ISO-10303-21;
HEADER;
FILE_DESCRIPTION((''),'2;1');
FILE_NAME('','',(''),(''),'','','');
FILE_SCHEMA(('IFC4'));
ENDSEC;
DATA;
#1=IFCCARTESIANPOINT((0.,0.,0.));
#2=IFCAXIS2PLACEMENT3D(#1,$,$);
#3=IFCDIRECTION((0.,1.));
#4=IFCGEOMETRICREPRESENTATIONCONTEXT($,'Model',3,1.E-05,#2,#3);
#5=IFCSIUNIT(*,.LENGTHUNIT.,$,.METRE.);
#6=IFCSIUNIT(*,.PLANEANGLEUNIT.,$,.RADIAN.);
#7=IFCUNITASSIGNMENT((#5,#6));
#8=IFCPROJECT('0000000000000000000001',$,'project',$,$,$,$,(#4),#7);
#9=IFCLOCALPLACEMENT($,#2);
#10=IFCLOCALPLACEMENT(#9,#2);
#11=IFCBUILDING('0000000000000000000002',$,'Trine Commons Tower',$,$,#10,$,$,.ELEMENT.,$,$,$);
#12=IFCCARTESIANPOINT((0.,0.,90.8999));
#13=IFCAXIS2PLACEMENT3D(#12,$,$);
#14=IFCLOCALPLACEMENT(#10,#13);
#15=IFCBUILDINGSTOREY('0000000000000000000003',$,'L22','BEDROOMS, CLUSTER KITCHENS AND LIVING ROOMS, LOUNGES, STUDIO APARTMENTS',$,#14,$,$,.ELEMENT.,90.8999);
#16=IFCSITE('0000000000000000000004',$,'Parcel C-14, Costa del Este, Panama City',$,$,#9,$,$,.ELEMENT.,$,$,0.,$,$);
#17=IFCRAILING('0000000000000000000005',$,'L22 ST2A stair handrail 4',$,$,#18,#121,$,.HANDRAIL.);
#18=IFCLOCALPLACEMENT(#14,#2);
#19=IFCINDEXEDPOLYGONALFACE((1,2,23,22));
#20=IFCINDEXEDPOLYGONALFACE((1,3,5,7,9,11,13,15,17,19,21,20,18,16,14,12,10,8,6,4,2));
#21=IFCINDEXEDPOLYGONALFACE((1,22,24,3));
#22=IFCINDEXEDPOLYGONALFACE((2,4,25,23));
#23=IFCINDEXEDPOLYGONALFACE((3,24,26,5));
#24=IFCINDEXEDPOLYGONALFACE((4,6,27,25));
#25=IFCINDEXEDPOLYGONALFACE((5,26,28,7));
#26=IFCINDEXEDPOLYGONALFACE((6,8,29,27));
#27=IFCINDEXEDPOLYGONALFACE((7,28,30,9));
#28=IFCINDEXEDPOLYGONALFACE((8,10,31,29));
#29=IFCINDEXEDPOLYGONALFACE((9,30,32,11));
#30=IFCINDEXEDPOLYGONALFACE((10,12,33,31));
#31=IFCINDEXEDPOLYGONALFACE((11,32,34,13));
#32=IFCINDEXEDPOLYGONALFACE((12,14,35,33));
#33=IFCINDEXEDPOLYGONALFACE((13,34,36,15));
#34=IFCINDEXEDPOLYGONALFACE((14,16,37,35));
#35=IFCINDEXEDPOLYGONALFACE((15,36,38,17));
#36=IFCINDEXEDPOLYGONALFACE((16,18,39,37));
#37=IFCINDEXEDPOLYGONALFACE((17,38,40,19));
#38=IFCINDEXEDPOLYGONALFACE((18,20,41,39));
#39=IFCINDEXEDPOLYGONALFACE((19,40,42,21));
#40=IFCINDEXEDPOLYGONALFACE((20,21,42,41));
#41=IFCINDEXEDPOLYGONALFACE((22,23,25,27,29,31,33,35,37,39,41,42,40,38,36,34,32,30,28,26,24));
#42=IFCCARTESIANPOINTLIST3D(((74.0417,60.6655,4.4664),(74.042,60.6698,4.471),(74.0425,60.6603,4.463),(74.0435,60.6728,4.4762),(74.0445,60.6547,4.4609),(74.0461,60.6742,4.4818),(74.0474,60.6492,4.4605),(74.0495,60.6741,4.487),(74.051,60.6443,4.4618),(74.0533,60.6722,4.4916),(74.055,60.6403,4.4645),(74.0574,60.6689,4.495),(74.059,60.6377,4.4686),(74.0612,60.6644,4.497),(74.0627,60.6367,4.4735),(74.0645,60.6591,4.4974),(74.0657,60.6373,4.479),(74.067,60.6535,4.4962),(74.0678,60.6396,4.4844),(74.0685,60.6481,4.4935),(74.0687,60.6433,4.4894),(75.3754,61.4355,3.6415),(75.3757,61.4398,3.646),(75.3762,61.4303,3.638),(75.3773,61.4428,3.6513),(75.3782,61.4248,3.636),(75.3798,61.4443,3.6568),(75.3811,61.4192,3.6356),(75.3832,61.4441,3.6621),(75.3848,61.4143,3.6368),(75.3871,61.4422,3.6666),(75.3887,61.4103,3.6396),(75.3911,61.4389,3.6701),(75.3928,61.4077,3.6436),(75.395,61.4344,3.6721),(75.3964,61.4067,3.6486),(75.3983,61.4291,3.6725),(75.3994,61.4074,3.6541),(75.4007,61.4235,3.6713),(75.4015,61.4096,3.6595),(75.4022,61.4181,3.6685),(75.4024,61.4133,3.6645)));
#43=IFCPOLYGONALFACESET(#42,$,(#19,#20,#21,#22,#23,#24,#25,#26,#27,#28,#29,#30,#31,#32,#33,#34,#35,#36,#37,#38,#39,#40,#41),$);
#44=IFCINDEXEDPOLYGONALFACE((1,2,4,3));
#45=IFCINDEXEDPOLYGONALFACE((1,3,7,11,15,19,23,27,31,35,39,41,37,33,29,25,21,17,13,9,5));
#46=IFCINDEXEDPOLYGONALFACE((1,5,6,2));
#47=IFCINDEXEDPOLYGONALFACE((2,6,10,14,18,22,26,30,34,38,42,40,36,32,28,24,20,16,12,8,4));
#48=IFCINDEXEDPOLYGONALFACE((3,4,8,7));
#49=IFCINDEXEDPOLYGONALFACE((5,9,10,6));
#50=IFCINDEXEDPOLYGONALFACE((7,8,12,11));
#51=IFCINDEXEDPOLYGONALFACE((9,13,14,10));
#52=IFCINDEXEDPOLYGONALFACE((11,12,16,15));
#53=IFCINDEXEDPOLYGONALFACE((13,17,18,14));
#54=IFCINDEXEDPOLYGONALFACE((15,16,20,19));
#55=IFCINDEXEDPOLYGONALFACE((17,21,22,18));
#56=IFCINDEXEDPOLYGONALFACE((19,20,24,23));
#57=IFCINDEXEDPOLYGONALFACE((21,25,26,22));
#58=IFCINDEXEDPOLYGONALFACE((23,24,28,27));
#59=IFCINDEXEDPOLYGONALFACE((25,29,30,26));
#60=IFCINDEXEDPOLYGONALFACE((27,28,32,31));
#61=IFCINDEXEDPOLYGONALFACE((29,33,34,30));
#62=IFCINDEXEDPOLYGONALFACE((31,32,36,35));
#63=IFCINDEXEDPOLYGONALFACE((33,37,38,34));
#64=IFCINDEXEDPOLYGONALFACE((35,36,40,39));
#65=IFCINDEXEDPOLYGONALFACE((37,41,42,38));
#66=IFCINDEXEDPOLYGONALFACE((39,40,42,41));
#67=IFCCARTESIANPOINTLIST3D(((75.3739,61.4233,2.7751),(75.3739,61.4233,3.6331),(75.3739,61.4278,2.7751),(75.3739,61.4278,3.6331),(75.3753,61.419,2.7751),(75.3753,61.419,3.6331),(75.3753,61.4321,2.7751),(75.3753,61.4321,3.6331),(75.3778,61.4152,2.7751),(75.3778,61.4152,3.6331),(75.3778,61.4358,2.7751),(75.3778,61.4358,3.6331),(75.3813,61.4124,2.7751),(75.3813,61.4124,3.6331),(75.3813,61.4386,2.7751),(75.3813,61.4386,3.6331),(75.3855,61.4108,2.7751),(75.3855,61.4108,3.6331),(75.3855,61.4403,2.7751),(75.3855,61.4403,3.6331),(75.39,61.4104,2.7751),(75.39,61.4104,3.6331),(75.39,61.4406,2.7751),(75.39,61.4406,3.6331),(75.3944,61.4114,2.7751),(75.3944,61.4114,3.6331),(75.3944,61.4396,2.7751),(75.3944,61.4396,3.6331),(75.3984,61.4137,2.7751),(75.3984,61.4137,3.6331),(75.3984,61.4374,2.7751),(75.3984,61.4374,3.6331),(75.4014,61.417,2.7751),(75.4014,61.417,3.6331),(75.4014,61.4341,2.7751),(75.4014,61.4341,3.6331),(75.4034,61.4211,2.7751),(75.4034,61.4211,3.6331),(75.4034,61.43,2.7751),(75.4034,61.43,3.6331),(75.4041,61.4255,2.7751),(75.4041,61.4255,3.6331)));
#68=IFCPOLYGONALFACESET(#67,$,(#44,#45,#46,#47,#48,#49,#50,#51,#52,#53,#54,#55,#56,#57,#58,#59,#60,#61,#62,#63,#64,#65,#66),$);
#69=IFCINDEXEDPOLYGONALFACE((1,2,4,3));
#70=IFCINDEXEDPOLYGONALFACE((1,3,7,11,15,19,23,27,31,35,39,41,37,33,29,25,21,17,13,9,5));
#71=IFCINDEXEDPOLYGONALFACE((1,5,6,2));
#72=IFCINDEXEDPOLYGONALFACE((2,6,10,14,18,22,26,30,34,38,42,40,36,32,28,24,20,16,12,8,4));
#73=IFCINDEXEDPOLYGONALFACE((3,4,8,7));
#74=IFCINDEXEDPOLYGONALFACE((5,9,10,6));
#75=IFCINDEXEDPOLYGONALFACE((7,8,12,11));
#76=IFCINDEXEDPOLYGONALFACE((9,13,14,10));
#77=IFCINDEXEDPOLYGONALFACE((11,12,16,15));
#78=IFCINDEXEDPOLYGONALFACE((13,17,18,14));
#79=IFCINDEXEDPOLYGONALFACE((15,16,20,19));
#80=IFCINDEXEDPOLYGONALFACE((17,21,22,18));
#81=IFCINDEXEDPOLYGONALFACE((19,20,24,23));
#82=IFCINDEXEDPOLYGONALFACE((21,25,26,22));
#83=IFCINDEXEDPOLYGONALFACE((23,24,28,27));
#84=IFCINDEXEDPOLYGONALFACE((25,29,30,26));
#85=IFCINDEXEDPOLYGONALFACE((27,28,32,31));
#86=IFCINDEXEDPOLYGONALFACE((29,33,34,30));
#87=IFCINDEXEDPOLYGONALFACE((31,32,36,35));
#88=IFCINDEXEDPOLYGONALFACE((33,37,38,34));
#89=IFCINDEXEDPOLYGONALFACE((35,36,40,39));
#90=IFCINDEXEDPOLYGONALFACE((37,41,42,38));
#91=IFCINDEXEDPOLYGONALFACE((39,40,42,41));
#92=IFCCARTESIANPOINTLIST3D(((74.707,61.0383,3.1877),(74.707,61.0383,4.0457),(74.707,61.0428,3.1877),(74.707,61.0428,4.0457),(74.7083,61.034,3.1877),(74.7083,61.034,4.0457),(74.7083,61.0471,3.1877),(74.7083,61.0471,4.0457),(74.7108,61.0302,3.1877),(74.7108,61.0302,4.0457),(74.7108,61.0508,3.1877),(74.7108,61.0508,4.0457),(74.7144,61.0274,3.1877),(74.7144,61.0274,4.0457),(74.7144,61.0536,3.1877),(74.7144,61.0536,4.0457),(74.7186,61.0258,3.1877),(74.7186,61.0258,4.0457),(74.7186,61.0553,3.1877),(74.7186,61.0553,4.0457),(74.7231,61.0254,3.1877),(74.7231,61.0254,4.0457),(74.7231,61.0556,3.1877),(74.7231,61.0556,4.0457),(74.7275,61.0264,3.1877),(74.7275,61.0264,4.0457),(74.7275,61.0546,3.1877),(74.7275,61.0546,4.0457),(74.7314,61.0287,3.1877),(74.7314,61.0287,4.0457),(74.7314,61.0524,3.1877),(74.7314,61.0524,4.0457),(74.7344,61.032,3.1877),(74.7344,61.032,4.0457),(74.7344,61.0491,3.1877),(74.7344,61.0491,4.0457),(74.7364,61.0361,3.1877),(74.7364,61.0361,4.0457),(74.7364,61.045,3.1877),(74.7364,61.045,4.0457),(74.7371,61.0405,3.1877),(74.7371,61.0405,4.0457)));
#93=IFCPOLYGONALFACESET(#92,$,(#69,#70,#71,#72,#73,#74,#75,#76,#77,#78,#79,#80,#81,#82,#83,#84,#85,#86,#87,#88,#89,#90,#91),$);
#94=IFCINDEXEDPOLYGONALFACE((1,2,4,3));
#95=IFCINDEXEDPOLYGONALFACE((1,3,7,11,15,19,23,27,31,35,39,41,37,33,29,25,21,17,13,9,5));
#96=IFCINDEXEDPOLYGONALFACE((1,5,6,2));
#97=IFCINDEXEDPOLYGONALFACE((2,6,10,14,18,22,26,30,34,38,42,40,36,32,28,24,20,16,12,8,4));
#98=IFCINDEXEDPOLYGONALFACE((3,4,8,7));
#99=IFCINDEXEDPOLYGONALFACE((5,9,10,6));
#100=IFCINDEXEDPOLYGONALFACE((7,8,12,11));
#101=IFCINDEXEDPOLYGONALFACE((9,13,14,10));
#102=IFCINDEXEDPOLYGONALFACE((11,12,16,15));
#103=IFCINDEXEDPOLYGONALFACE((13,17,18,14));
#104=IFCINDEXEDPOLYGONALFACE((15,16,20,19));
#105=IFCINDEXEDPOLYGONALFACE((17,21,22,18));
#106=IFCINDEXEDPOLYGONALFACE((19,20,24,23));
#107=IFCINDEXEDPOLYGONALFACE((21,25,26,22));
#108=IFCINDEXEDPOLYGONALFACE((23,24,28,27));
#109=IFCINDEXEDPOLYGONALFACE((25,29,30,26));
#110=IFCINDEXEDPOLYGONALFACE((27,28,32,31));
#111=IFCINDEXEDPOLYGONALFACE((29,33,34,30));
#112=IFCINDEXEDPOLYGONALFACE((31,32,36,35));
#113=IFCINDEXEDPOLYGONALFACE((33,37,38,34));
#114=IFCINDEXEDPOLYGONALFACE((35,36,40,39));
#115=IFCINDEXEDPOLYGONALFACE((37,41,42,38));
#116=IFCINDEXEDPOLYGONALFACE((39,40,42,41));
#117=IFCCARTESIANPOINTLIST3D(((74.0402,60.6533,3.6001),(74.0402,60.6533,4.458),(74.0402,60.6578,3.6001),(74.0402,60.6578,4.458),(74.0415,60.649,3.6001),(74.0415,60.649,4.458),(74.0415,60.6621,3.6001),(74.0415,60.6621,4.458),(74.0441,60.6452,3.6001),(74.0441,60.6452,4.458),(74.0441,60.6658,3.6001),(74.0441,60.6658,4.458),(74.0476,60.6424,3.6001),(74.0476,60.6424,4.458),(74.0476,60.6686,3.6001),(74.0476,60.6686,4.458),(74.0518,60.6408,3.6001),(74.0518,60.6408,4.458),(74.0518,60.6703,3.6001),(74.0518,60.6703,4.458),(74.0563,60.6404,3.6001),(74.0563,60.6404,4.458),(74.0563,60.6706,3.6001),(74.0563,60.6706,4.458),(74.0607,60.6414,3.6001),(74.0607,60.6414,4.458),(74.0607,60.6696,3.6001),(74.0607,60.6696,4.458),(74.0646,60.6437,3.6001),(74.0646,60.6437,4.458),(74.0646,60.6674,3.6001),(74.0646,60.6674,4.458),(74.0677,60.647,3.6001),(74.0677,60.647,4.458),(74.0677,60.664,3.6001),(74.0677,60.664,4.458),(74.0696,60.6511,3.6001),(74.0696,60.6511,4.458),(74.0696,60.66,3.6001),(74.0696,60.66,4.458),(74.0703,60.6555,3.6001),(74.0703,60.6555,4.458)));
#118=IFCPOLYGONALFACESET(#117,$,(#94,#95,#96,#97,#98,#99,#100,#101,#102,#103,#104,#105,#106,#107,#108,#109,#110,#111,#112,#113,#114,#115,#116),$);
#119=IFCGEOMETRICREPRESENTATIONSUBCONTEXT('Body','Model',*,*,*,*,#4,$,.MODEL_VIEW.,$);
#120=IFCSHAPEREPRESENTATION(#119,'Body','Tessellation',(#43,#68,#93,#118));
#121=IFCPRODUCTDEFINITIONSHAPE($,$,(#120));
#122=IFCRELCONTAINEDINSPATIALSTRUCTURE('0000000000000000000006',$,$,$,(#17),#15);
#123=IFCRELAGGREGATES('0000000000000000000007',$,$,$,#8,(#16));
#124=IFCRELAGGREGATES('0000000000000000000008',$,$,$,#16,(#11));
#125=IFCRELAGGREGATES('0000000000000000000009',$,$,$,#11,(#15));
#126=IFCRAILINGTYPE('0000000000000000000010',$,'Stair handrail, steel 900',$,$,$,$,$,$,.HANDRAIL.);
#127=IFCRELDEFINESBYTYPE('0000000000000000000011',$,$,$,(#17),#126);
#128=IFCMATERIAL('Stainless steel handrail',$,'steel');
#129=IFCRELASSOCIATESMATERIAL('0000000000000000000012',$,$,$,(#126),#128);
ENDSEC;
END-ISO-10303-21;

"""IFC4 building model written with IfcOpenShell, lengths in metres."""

from ifc_helpers import new_model, si_unit, direction, frame, origin, origin_2d, place, context, subcontext, project, spatial, circle, extrude, material, type_object, element, save


model = new_model("IFC4")

# Units and contexts
model_context = context("Model", 3, precision=1e-05, world=origin(), true_north=direction((0.0, 1.0)))
body_context = subcontext(model_context, "Body", "Model", "MODEL_VIEW")
ifc_project = project(units=[si_unit("LENGTHUNIT", "METRE"), si_unit("PLANEANGLEUNIT", "RADIAN")], contexts=[model_context])

# Site, building, storey
site_placement = place(None, origin())
site = spatial("IfcSite", under=ifc_project, at=site_placement, Name="Parcel C-14, Costa del Este, Panama City", CompositionType="ELEMENT", RefElevation=0.0)
building_placement = place(site_placement, origin())
building = spatial("IfcBuilding", under=site, at=building_placement, Name="Trine Commons Tower", CompositionType="ELEMENT")
storey_placement = place(building_placement, frame((0.0, 0.0, 90.8999)))
storey = spatial("IfcBuildingStorey", under=building, at=storey_placement, Name="L22", Description="BEDROOMS, CLUSTER KITCHENS AND LIVING ROOMS, LOUNGES, STUDIO APARTMENTS", CompositionType="ELEMENT", Elevation=90.8999)

# Railing
ifc_material_1 = material(Name="Stainless steel handrail", Category="steel")
railing_type_1 = type_object("IfcRailingType", Name="Stair handrail, steel 900", PredefinedType="HANDRAIL", material=ifc_material_1)
for number, where, name in (
    (1, (75.3889, 61.4255, 2.7751), "L22 ST2A stair handrail 4"),
):
    element("IfcRailing", number, at=place(storey_placement, frame(where)), inside=storey, type_object=railing_type_1, Name=name, PredefinedType="HANDRAIL", context=body_context, shape_type="SweptSolid", body=[
        extrude(circle(Radius=0.021, at=origin_2d()), frame((0.0, 0.0, 0.8789), z_axis=(-0.763405, -0.440743, 0.472185), x_axis=(0.499992, -0.86603, 0.0)), (0.0, 0.0, 1.0), 1.7471),
        extrude(circle(Radius=0.0151, at=origin_2d()), origin(), (0.0, 0.0, 1.0), 0.8579),
        extrude(circle(Radius=0.0151, at=origin_2d()), frame((-0.667, -0.385, 0.4126)), (0.0, 0.0, 1.0), 0.8579),
        extrude(circle(Radius=0.0151, at=origin_2d()), frame((-1.3337, -0.77, 0.825)), (0.0, 0.0, 1.0), 0.8579),
    ])

save(model, "model.ifc")
